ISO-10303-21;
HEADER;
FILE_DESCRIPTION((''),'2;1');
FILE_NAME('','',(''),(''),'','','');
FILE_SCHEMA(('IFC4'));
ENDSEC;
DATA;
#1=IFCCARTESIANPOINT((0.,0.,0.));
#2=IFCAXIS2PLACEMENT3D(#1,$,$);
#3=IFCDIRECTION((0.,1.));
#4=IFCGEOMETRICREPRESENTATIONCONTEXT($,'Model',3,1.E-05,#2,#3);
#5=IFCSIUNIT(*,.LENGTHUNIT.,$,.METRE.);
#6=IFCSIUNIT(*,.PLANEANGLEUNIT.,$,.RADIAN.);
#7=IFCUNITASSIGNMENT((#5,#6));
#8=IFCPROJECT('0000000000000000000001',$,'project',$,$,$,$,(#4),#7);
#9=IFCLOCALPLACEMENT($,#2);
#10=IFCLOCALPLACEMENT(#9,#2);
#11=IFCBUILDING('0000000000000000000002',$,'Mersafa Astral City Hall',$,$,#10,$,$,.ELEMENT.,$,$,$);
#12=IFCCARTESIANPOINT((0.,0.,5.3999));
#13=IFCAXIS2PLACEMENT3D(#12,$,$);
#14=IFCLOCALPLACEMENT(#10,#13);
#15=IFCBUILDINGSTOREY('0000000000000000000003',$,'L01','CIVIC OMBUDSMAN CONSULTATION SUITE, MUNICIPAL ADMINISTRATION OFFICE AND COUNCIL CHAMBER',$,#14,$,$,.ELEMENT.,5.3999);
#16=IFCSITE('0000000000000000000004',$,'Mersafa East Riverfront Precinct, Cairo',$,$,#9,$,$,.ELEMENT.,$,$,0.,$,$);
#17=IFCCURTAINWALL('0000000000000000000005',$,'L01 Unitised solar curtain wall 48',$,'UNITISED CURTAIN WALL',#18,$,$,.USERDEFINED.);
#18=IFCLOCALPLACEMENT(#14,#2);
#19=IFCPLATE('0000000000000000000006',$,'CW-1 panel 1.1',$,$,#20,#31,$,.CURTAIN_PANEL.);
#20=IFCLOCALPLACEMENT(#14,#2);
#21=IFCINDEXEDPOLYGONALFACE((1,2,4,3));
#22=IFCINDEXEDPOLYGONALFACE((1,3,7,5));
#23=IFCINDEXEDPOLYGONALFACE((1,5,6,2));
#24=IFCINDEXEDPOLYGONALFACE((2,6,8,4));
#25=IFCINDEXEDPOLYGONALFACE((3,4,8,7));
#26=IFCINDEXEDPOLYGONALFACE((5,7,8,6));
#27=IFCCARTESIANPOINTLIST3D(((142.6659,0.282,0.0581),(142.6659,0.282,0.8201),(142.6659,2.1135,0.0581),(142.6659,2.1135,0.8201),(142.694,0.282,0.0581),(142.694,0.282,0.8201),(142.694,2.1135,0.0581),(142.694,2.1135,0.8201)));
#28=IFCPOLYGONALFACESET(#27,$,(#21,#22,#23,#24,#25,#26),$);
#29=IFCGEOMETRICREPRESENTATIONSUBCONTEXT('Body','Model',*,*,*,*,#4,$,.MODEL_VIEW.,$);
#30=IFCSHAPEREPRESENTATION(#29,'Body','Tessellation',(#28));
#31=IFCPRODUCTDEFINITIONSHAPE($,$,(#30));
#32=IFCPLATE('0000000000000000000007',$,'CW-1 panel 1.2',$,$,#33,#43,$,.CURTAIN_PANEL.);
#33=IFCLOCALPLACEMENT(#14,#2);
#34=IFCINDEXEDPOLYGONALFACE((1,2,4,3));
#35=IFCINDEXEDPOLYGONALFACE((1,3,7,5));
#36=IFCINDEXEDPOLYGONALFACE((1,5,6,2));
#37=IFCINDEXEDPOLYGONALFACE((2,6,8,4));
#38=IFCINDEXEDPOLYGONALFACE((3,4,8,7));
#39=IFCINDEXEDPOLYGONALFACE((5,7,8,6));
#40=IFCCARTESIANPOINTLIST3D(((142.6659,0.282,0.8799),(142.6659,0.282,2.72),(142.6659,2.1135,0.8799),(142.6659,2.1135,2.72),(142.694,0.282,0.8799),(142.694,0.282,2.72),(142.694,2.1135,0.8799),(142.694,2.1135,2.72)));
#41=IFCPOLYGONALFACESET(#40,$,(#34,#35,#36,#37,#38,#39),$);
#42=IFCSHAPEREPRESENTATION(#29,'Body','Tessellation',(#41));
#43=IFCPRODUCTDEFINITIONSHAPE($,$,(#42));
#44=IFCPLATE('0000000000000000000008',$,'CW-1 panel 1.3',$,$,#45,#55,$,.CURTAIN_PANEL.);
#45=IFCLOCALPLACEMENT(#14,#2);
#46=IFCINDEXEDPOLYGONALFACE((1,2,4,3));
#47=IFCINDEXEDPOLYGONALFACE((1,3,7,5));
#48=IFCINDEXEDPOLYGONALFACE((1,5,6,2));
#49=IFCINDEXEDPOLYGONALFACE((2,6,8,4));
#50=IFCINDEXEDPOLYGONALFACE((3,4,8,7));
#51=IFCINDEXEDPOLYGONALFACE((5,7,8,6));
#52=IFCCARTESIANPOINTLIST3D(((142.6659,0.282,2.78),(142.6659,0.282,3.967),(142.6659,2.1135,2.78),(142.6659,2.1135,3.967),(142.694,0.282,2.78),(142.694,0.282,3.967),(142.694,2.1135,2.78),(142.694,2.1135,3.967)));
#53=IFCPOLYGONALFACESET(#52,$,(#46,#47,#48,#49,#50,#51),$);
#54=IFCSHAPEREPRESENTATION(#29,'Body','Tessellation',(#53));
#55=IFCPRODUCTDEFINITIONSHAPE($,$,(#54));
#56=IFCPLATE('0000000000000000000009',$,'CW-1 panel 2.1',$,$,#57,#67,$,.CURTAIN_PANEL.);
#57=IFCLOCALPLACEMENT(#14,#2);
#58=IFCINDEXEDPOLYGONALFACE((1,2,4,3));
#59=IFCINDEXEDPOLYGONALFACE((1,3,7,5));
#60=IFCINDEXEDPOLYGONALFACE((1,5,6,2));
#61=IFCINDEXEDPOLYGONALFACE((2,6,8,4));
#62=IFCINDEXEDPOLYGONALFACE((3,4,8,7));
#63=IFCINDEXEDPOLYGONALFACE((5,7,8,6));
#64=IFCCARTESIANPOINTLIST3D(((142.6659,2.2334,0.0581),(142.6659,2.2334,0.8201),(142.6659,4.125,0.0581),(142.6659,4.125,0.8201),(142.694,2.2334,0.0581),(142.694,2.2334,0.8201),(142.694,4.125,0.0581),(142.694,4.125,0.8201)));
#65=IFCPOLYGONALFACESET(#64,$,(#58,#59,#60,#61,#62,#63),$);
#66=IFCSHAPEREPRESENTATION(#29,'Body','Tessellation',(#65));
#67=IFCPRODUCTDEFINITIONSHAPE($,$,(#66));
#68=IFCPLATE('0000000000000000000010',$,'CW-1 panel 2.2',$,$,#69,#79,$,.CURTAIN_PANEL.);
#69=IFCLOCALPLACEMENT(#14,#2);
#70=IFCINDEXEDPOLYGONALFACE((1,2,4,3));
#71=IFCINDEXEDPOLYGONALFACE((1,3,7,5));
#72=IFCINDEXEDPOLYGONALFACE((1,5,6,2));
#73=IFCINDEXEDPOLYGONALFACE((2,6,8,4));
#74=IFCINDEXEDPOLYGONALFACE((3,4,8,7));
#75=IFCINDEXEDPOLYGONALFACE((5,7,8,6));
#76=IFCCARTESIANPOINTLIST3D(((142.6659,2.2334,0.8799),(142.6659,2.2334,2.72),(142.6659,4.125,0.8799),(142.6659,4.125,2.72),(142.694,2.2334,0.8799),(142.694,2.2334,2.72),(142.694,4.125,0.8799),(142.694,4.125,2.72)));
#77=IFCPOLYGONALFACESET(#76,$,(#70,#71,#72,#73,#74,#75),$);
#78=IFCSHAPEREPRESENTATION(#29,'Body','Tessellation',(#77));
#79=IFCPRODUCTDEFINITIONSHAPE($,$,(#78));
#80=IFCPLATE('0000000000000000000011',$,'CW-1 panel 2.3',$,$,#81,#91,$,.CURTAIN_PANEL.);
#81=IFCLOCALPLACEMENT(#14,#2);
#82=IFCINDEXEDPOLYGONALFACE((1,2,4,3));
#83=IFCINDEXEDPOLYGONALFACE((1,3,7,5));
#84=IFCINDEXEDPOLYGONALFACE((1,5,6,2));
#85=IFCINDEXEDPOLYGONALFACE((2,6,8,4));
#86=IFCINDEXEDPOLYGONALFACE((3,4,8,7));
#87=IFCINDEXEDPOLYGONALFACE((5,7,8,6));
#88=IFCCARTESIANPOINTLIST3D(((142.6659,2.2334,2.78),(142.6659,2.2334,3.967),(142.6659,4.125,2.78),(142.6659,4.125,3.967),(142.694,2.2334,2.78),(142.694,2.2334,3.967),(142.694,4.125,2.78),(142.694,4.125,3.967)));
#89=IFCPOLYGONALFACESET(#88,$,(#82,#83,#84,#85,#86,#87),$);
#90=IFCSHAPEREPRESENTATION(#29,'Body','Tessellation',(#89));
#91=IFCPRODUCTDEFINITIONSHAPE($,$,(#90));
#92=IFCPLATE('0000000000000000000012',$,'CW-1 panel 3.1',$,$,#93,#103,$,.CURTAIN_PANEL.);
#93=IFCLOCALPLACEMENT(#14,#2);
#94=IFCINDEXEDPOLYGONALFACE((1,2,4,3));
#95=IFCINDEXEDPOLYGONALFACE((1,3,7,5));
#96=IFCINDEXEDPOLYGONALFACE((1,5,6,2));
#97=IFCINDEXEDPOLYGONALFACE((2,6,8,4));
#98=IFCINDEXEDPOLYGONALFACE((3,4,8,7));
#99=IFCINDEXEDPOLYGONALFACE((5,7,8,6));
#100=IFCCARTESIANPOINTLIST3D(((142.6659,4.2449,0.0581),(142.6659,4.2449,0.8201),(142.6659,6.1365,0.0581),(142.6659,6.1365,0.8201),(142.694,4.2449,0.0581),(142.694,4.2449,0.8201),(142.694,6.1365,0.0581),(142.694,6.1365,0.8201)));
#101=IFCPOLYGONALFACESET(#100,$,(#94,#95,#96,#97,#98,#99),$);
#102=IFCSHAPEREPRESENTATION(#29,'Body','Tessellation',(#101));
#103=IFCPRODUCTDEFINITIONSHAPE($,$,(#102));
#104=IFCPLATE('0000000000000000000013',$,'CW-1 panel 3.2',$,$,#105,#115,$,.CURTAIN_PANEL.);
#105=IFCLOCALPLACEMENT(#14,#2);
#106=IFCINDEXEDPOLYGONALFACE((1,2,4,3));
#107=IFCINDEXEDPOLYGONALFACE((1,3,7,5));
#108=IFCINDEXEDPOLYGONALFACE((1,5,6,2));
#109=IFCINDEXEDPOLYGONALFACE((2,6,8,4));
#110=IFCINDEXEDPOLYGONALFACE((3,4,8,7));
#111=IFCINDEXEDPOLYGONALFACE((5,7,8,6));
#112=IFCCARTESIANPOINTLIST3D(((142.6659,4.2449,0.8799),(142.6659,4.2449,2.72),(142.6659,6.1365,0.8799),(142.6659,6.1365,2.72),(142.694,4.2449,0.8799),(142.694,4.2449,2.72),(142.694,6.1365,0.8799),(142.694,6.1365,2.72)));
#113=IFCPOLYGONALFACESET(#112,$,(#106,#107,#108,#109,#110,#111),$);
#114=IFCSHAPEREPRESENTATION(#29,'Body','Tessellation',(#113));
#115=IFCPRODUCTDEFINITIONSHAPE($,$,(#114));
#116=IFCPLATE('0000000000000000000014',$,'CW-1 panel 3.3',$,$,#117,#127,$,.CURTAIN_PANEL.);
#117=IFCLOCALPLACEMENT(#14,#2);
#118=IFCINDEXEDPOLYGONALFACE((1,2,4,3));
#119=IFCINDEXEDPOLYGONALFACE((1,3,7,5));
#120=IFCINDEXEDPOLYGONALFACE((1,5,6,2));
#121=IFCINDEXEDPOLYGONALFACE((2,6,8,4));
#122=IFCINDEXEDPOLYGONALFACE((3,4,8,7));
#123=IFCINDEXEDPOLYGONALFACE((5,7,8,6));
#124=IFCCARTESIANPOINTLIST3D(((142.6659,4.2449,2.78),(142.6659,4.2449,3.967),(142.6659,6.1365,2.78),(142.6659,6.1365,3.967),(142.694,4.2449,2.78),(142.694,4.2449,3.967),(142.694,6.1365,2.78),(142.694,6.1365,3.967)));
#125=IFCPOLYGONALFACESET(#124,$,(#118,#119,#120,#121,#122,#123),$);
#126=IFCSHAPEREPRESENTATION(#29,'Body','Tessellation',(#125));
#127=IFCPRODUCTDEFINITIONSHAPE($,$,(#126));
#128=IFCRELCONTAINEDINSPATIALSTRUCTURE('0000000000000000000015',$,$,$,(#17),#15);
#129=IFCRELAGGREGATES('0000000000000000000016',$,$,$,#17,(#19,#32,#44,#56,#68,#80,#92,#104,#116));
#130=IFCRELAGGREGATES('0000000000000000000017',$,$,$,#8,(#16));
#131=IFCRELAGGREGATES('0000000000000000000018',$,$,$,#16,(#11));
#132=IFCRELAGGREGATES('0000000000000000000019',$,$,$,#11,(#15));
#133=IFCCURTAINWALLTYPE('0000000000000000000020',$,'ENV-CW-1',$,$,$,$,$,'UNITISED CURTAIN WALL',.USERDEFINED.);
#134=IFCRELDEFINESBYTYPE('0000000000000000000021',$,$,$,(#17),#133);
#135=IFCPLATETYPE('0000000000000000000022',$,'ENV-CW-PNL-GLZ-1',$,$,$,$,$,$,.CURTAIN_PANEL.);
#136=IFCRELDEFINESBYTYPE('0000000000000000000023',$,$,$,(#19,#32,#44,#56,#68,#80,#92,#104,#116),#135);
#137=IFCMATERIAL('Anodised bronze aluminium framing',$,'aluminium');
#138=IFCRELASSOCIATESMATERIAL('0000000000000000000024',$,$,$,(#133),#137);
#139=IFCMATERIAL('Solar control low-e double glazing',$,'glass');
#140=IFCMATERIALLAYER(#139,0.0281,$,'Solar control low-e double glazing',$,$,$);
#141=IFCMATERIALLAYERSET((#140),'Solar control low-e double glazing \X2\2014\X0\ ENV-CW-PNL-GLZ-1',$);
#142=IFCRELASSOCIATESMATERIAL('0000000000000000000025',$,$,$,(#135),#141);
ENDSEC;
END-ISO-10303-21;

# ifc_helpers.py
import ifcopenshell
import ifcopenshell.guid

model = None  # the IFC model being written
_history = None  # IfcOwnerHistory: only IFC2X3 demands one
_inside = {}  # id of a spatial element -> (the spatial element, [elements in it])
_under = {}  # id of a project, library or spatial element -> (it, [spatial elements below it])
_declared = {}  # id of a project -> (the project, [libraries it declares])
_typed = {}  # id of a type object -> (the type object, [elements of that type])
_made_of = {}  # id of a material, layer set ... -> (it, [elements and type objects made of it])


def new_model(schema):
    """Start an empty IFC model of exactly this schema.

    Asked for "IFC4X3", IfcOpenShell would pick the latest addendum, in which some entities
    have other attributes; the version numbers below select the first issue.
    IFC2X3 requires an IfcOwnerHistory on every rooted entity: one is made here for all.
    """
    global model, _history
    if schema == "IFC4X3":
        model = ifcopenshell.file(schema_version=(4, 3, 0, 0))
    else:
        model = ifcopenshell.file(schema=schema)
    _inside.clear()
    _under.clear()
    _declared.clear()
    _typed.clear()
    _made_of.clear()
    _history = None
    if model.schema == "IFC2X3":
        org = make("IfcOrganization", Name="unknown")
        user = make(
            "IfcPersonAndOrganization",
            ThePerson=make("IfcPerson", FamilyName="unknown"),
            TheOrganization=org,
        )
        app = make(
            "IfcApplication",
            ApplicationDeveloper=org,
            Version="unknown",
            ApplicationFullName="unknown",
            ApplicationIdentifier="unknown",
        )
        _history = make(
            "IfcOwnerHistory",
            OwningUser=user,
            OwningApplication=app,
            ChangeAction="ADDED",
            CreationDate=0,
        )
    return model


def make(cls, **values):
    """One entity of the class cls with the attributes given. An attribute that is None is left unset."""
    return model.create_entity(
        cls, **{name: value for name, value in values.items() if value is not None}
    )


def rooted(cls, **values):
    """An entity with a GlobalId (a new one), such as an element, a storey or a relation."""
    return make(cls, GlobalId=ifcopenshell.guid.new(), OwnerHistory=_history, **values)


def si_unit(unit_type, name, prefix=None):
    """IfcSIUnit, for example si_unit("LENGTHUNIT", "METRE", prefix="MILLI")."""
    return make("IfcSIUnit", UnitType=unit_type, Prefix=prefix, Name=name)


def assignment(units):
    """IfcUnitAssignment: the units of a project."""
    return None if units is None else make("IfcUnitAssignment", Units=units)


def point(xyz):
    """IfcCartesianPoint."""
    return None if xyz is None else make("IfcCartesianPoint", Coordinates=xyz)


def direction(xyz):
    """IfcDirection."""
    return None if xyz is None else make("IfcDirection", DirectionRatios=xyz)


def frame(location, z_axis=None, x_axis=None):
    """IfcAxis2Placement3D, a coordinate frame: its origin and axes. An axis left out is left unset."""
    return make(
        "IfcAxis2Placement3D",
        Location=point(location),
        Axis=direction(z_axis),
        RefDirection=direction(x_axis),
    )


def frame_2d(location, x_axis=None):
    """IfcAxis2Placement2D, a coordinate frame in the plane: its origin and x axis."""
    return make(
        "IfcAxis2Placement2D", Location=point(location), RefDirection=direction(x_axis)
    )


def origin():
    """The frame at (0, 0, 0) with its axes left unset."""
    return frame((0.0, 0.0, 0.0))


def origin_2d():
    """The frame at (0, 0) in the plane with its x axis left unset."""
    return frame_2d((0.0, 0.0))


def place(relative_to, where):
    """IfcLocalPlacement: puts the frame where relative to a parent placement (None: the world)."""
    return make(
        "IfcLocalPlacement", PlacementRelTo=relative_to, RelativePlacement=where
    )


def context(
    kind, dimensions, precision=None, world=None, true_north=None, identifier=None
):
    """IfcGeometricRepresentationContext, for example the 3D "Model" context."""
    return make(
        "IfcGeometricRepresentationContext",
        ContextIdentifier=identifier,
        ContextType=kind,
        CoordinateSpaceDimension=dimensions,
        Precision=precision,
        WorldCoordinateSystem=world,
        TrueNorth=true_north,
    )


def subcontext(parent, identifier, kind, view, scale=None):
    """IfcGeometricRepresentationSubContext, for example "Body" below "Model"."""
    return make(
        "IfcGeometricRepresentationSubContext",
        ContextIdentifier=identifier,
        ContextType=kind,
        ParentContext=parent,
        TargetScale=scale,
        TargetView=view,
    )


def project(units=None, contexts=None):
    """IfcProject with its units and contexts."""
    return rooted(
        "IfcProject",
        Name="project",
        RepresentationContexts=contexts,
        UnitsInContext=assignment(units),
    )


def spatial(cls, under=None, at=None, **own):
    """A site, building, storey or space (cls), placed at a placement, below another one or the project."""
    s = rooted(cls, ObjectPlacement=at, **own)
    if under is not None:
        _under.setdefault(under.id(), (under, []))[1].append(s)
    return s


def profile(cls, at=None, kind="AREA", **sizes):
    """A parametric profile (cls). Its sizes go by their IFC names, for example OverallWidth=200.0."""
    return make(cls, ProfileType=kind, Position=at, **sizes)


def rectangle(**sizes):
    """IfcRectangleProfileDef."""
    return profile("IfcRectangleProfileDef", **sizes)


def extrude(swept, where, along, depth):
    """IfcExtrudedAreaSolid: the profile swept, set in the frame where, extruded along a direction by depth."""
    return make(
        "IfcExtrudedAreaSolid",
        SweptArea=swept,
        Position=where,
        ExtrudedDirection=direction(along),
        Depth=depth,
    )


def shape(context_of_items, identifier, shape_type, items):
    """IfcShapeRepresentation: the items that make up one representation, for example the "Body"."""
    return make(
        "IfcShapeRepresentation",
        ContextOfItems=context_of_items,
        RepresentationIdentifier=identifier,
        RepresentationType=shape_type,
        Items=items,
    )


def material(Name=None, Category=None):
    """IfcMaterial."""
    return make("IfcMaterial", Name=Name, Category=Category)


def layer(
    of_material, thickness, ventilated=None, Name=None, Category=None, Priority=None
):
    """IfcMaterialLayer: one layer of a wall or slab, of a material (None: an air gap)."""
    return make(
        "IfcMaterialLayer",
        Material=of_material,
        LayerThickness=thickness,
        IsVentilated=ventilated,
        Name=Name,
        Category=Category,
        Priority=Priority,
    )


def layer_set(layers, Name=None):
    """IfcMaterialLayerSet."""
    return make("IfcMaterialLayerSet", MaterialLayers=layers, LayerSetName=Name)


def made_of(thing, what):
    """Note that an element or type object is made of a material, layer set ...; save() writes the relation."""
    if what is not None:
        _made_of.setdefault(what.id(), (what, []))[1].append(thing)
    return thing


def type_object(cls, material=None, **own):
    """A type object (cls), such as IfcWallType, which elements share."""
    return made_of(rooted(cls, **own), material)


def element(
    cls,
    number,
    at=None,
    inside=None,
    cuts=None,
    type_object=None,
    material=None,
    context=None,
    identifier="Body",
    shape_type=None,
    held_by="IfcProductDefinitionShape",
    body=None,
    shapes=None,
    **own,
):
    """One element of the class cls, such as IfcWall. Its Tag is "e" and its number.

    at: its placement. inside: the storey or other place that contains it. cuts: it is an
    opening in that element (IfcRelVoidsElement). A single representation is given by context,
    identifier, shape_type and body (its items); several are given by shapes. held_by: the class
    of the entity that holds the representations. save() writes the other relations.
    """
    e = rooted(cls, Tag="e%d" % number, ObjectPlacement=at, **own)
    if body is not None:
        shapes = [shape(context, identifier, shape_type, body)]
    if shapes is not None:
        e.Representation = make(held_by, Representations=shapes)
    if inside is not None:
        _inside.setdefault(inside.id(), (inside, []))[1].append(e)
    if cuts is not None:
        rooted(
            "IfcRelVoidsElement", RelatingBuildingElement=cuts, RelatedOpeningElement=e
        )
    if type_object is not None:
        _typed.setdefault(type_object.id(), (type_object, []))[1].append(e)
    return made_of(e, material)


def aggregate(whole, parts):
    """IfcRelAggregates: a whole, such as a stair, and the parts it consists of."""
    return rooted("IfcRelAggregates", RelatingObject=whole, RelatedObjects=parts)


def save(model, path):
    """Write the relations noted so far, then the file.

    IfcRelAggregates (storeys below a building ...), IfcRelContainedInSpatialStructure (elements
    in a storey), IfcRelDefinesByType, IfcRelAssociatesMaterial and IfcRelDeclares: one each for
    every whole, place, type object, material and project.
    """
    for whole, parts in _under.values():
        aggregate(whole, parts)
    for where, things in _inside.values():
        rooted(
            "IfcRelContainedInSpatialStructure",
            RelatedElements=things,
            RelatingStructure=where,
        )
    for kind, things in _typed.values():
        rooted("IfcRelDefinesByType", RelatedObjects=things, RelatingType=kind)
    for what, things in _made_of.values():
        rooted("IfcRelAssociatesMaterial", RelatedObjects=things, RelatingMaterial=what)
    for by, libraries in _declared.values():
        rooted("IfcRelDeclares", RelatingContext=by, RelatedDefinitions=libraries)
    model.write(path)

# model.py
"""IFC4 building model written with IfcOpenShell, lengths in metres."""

from ifc_helpers import new_model, si_unit, direction, frame, origin, origin_2d, place, context, subcontext, project, spatial, rectangle, extrude, material, layer, layer_set, type_object, element, aggregate, save


model = new_model("IFC4")

# Units and contexts
model_context = context("Model", 3, precision=1e-05, world=origin(), true_north=direction((0.0, 1.0)))
body_context = subcontext(model_context, "Body", "Model", "MODEL_VIEW")
ifc_project = project(units=[si_unit("LENGTHUNIT", "METRE"), si_unit("PLANEANGLEUNIT", "RADIAN")], contexts=[model_context])

# Site, building, storey
site_placement = place(None, origin())
site = spatial("IfcSite", under=ifc_project, at=site_placement, Name="Mersafa East Riverfront Precinct, Cairo", CompositionType="ELEMENT", RefElevation=0.0)
building_placement = place(site_placement, origin())
building = spatial("IfcBuilding", under=site, at=building_placement, Name="Mersafa Astral City Hall", CompositionType="ELEMENT")
storey_placement = place(building_placement, frame((0.0, 0.0, 5.3999)))
storey = spatial("IfcBuildingStorey", under=building, at=storey_placement, Name="L01", Description="CIVIC OMBUDSMAN CONSULTATION SUITE, MUNICIPAL ADMINISTRATION OFFICE AND COUNCIL CHAMBER", CompositionType="ELEMENT", Elevation=5.3999)

# Curtain wall, plates
ifc_material_1 = material(Name="Anodised bronze aluminium framing", Category="aluminium")
curtain_wall_type = type_object("IfcCurtainWallType", Name="ENV-CW-1", ElementType="UNITISED CURTAIN WALL", PredefinedType="USERDEFINED", material=ifc_material_1)
curtain_wall_placement = place(storey_placement, origin())
curtain_wall = element("IfcCurtainWall", 1, at=curtain_wall_placement, inside=storey, type_object=curtain_wall_type, Name="L01 Unitised solar curtain wall 48", ObjectType="UNITISED CURTAIN WALL", PredefinedType="USERDEFINED")
ifc_material_2 = material(Name="Solar control low-e double glazing", Category="glass")
ifc_layer = layer(ifc_material_2, 0.0281, Name="Solar control low-e double glazing")
ifc_layer_set = layer_set([ifc_layer], Name="Solar control low-e double glazing — ENV-CW-PNL-GLZ-1")
plate_type = type_object("IfcPlateType", Name="ENV-CW-PNL-GLZ-1", PredefinedType="CURTAIN_PANEL", material=ifc_layer_set)
plate_1_placement = place(storey_placement, frame((142.6799, 1.1978, 0.0581), z_axis=(0.0, 0.0, 1.0), x_axis=(0.0, 1.0, 0.0)))
plate_1 = element("IfcPlate", 2, at=plate_1_placement, type_object=plate_type, Name="CW-1 panel 1.1", PredefinedType="CURTAIN_PANEL", context=body_context, shape_type="SweptSolid", body=[
    extrude(rectangle(XDim=1.8315, YDim=0.0281, at=origin_2d()), origin(), (0.0, 0.0, 1.0), 0.762),
])
plate_2_placement = place(storey_placement, frame((142.6799, 1.1978, 0.8799), z_axis=(0.0, 0.0, 1.0), x_axis=(0.0, 1.0, 0.0)))
plate_2 = element("IfcPlate", 3, at=plate_2_placement, type_object=plate_type, Name="CW-1 panel 1.2", PredefinedType="CURTAIN_PANEL", context=body_context, shape_type="SweptSolid", body=[
    extrude(rectangle(XDim=1.8315, YDim=0.0281, at=origin_2d()), origin(), (0.0, 0.0, 1.0), 1.8401),
])
plate_3_placement = place(storey_placement, frame((142.6799, 1.1978, 2.78), z_axis=(0.0, 0.0, 1.0), x_axis=(0.0, 1.0, 0.0)))
plate_3 = element("IfcPlate", 4, at=plate_3_placement, type_object=plate_type, Name="CW-1 panel 1.3", PredefinedType="CURTAIN_PANEL", context=body_context, shape_type="SweptSolid", body=[
    extrude(rectangle(XDim=1.8315, YDim=0.0281, at=origin_2d()), origin(), (0.0, 0.0, 1.0), 1.187),
])
plate_4_placement = place(storey_placement, frame((142.6799, 3.1792, 0.0581), z_axis=(0.0, 0.0, 1.0), x_axis=(0.0, 1.0, 0.0)))
plate_4 = element("IfcPlate", 5, at=plate_4_placement, type_object=plate_type, Name="CW-1 panel 2.1", PredefinedType="CURTAIN_PANEL", context=body_context, shape_type="SweptSolid", body=[
    extrude(rectangle(XDim=1.8916, YDim=0.0281, at=origin_2d()), origin(), (0.0, 0.0, 1.0), 0.762),
])
plate_5_placement = place(storey_placement, frame((142.6799, 3.1792, 0.8799), z_axis=(0.0, 0.0, 1.0), x_axis=(0.0, 1.0, 0.0)))
plate_5 = element("IfcPlate", 6, at=plate_5_placement, type_object=plate_type, Name="CW-1 panel 2.2", PredefinedType="CURTAIN_PANEL", context=body_context, shape_type="SweptSolid", body=[
    extrude(rectangle(XDim=1.8916, YDim=0.0281, at=origin_2d()), origin(), (0.0, 0.0, 1.0), 1.8401),
])
plate_6_placement = place(storey_placement, frame((142.6799, 3.1792, 2.78), z_axis=(0.0, 0.0, 1.0), x_axis=(0.0, 1.0, 0.0)))
plate_6 = element("IfcPlate", 7, at=plate_6_placement, type_object=plate_type, Name="CW-1 panel 2.3", PredefinedType="CURTAIN_PANEL", context=body_context, shape_type="SweptSolid", body=[
    extrude(rectangle(XDim=1.8916, YDim=0.0281, at=origin_2d()), origin(), (0.0, 0.0, 1.0), 1.187),
])
plate_7_placement = place(storey_placement, frame((142.6799, 5.1907, 0.0581), z_axis=(0.0, 0.0, 1.0), x_axis=(0.0, 1.0, 0.0)))
plate_7 = element("IfcPlate", 8, at=plate_7_placement, type_object=plate_type, Name="CW-1 panel 3.1", PredefinedType="CURTAIN_PANEL", context=body_context, shape_type="SweptSolid", body=[
    extrude(rectangle(XDim=1.8916, YDim=0.0281, at=origin_2d()), origin(), (0.0, 0.0, 1.0), 0.762),
])
plate_8_placement = place(storey_placement, frame((142.6799, 5.1907, 0.8799), z_axis=(0.0, 0.0, 1.0), x_axis=(0.0, 1.0, 0.0)))
plate_8 = element("IfcPlate", 9, at=plate_8_placement, type_object=plate_type, Name="CW-1 panel 3.2", PredefinedType="CURTAIN_PANEL", context=body_context, shape_type="SweptSolid", body=[
    extrude(rectangle(XDim=1.8916, YDim=0.0281, at=origin_2d()), origin(), (0.0, 0.0, 1.0), 1.8401),
])
plate_9_placement = place(storey_placement, frame((142.6799, 5.1907, 2.78), z_axis=(0.0, 0.0, 1.0), x_axis=(0.0, 1.0, 0.0)))
plate_9 = element("IfcPlate", 10, at=plate_9_placement, type_object=plate_type, Name="CW-1 panel 3.3", PredefinedType="CURTAIN_PANEL", context=body_context, shape_type="SweptSolid", body=[
    extrude(rectangle(XDim=1.8916, YDim=0.0281, at=origin_2d()), origin(), (0.0, 0.0, 1.0), 1.187),
])
aggregate(curtain_wall, [plate_1, plate_2, plate_3, plate_4, plate_5, plate_6, plate_7, plate_8, plate_9])

save(model, "model.ifc")
